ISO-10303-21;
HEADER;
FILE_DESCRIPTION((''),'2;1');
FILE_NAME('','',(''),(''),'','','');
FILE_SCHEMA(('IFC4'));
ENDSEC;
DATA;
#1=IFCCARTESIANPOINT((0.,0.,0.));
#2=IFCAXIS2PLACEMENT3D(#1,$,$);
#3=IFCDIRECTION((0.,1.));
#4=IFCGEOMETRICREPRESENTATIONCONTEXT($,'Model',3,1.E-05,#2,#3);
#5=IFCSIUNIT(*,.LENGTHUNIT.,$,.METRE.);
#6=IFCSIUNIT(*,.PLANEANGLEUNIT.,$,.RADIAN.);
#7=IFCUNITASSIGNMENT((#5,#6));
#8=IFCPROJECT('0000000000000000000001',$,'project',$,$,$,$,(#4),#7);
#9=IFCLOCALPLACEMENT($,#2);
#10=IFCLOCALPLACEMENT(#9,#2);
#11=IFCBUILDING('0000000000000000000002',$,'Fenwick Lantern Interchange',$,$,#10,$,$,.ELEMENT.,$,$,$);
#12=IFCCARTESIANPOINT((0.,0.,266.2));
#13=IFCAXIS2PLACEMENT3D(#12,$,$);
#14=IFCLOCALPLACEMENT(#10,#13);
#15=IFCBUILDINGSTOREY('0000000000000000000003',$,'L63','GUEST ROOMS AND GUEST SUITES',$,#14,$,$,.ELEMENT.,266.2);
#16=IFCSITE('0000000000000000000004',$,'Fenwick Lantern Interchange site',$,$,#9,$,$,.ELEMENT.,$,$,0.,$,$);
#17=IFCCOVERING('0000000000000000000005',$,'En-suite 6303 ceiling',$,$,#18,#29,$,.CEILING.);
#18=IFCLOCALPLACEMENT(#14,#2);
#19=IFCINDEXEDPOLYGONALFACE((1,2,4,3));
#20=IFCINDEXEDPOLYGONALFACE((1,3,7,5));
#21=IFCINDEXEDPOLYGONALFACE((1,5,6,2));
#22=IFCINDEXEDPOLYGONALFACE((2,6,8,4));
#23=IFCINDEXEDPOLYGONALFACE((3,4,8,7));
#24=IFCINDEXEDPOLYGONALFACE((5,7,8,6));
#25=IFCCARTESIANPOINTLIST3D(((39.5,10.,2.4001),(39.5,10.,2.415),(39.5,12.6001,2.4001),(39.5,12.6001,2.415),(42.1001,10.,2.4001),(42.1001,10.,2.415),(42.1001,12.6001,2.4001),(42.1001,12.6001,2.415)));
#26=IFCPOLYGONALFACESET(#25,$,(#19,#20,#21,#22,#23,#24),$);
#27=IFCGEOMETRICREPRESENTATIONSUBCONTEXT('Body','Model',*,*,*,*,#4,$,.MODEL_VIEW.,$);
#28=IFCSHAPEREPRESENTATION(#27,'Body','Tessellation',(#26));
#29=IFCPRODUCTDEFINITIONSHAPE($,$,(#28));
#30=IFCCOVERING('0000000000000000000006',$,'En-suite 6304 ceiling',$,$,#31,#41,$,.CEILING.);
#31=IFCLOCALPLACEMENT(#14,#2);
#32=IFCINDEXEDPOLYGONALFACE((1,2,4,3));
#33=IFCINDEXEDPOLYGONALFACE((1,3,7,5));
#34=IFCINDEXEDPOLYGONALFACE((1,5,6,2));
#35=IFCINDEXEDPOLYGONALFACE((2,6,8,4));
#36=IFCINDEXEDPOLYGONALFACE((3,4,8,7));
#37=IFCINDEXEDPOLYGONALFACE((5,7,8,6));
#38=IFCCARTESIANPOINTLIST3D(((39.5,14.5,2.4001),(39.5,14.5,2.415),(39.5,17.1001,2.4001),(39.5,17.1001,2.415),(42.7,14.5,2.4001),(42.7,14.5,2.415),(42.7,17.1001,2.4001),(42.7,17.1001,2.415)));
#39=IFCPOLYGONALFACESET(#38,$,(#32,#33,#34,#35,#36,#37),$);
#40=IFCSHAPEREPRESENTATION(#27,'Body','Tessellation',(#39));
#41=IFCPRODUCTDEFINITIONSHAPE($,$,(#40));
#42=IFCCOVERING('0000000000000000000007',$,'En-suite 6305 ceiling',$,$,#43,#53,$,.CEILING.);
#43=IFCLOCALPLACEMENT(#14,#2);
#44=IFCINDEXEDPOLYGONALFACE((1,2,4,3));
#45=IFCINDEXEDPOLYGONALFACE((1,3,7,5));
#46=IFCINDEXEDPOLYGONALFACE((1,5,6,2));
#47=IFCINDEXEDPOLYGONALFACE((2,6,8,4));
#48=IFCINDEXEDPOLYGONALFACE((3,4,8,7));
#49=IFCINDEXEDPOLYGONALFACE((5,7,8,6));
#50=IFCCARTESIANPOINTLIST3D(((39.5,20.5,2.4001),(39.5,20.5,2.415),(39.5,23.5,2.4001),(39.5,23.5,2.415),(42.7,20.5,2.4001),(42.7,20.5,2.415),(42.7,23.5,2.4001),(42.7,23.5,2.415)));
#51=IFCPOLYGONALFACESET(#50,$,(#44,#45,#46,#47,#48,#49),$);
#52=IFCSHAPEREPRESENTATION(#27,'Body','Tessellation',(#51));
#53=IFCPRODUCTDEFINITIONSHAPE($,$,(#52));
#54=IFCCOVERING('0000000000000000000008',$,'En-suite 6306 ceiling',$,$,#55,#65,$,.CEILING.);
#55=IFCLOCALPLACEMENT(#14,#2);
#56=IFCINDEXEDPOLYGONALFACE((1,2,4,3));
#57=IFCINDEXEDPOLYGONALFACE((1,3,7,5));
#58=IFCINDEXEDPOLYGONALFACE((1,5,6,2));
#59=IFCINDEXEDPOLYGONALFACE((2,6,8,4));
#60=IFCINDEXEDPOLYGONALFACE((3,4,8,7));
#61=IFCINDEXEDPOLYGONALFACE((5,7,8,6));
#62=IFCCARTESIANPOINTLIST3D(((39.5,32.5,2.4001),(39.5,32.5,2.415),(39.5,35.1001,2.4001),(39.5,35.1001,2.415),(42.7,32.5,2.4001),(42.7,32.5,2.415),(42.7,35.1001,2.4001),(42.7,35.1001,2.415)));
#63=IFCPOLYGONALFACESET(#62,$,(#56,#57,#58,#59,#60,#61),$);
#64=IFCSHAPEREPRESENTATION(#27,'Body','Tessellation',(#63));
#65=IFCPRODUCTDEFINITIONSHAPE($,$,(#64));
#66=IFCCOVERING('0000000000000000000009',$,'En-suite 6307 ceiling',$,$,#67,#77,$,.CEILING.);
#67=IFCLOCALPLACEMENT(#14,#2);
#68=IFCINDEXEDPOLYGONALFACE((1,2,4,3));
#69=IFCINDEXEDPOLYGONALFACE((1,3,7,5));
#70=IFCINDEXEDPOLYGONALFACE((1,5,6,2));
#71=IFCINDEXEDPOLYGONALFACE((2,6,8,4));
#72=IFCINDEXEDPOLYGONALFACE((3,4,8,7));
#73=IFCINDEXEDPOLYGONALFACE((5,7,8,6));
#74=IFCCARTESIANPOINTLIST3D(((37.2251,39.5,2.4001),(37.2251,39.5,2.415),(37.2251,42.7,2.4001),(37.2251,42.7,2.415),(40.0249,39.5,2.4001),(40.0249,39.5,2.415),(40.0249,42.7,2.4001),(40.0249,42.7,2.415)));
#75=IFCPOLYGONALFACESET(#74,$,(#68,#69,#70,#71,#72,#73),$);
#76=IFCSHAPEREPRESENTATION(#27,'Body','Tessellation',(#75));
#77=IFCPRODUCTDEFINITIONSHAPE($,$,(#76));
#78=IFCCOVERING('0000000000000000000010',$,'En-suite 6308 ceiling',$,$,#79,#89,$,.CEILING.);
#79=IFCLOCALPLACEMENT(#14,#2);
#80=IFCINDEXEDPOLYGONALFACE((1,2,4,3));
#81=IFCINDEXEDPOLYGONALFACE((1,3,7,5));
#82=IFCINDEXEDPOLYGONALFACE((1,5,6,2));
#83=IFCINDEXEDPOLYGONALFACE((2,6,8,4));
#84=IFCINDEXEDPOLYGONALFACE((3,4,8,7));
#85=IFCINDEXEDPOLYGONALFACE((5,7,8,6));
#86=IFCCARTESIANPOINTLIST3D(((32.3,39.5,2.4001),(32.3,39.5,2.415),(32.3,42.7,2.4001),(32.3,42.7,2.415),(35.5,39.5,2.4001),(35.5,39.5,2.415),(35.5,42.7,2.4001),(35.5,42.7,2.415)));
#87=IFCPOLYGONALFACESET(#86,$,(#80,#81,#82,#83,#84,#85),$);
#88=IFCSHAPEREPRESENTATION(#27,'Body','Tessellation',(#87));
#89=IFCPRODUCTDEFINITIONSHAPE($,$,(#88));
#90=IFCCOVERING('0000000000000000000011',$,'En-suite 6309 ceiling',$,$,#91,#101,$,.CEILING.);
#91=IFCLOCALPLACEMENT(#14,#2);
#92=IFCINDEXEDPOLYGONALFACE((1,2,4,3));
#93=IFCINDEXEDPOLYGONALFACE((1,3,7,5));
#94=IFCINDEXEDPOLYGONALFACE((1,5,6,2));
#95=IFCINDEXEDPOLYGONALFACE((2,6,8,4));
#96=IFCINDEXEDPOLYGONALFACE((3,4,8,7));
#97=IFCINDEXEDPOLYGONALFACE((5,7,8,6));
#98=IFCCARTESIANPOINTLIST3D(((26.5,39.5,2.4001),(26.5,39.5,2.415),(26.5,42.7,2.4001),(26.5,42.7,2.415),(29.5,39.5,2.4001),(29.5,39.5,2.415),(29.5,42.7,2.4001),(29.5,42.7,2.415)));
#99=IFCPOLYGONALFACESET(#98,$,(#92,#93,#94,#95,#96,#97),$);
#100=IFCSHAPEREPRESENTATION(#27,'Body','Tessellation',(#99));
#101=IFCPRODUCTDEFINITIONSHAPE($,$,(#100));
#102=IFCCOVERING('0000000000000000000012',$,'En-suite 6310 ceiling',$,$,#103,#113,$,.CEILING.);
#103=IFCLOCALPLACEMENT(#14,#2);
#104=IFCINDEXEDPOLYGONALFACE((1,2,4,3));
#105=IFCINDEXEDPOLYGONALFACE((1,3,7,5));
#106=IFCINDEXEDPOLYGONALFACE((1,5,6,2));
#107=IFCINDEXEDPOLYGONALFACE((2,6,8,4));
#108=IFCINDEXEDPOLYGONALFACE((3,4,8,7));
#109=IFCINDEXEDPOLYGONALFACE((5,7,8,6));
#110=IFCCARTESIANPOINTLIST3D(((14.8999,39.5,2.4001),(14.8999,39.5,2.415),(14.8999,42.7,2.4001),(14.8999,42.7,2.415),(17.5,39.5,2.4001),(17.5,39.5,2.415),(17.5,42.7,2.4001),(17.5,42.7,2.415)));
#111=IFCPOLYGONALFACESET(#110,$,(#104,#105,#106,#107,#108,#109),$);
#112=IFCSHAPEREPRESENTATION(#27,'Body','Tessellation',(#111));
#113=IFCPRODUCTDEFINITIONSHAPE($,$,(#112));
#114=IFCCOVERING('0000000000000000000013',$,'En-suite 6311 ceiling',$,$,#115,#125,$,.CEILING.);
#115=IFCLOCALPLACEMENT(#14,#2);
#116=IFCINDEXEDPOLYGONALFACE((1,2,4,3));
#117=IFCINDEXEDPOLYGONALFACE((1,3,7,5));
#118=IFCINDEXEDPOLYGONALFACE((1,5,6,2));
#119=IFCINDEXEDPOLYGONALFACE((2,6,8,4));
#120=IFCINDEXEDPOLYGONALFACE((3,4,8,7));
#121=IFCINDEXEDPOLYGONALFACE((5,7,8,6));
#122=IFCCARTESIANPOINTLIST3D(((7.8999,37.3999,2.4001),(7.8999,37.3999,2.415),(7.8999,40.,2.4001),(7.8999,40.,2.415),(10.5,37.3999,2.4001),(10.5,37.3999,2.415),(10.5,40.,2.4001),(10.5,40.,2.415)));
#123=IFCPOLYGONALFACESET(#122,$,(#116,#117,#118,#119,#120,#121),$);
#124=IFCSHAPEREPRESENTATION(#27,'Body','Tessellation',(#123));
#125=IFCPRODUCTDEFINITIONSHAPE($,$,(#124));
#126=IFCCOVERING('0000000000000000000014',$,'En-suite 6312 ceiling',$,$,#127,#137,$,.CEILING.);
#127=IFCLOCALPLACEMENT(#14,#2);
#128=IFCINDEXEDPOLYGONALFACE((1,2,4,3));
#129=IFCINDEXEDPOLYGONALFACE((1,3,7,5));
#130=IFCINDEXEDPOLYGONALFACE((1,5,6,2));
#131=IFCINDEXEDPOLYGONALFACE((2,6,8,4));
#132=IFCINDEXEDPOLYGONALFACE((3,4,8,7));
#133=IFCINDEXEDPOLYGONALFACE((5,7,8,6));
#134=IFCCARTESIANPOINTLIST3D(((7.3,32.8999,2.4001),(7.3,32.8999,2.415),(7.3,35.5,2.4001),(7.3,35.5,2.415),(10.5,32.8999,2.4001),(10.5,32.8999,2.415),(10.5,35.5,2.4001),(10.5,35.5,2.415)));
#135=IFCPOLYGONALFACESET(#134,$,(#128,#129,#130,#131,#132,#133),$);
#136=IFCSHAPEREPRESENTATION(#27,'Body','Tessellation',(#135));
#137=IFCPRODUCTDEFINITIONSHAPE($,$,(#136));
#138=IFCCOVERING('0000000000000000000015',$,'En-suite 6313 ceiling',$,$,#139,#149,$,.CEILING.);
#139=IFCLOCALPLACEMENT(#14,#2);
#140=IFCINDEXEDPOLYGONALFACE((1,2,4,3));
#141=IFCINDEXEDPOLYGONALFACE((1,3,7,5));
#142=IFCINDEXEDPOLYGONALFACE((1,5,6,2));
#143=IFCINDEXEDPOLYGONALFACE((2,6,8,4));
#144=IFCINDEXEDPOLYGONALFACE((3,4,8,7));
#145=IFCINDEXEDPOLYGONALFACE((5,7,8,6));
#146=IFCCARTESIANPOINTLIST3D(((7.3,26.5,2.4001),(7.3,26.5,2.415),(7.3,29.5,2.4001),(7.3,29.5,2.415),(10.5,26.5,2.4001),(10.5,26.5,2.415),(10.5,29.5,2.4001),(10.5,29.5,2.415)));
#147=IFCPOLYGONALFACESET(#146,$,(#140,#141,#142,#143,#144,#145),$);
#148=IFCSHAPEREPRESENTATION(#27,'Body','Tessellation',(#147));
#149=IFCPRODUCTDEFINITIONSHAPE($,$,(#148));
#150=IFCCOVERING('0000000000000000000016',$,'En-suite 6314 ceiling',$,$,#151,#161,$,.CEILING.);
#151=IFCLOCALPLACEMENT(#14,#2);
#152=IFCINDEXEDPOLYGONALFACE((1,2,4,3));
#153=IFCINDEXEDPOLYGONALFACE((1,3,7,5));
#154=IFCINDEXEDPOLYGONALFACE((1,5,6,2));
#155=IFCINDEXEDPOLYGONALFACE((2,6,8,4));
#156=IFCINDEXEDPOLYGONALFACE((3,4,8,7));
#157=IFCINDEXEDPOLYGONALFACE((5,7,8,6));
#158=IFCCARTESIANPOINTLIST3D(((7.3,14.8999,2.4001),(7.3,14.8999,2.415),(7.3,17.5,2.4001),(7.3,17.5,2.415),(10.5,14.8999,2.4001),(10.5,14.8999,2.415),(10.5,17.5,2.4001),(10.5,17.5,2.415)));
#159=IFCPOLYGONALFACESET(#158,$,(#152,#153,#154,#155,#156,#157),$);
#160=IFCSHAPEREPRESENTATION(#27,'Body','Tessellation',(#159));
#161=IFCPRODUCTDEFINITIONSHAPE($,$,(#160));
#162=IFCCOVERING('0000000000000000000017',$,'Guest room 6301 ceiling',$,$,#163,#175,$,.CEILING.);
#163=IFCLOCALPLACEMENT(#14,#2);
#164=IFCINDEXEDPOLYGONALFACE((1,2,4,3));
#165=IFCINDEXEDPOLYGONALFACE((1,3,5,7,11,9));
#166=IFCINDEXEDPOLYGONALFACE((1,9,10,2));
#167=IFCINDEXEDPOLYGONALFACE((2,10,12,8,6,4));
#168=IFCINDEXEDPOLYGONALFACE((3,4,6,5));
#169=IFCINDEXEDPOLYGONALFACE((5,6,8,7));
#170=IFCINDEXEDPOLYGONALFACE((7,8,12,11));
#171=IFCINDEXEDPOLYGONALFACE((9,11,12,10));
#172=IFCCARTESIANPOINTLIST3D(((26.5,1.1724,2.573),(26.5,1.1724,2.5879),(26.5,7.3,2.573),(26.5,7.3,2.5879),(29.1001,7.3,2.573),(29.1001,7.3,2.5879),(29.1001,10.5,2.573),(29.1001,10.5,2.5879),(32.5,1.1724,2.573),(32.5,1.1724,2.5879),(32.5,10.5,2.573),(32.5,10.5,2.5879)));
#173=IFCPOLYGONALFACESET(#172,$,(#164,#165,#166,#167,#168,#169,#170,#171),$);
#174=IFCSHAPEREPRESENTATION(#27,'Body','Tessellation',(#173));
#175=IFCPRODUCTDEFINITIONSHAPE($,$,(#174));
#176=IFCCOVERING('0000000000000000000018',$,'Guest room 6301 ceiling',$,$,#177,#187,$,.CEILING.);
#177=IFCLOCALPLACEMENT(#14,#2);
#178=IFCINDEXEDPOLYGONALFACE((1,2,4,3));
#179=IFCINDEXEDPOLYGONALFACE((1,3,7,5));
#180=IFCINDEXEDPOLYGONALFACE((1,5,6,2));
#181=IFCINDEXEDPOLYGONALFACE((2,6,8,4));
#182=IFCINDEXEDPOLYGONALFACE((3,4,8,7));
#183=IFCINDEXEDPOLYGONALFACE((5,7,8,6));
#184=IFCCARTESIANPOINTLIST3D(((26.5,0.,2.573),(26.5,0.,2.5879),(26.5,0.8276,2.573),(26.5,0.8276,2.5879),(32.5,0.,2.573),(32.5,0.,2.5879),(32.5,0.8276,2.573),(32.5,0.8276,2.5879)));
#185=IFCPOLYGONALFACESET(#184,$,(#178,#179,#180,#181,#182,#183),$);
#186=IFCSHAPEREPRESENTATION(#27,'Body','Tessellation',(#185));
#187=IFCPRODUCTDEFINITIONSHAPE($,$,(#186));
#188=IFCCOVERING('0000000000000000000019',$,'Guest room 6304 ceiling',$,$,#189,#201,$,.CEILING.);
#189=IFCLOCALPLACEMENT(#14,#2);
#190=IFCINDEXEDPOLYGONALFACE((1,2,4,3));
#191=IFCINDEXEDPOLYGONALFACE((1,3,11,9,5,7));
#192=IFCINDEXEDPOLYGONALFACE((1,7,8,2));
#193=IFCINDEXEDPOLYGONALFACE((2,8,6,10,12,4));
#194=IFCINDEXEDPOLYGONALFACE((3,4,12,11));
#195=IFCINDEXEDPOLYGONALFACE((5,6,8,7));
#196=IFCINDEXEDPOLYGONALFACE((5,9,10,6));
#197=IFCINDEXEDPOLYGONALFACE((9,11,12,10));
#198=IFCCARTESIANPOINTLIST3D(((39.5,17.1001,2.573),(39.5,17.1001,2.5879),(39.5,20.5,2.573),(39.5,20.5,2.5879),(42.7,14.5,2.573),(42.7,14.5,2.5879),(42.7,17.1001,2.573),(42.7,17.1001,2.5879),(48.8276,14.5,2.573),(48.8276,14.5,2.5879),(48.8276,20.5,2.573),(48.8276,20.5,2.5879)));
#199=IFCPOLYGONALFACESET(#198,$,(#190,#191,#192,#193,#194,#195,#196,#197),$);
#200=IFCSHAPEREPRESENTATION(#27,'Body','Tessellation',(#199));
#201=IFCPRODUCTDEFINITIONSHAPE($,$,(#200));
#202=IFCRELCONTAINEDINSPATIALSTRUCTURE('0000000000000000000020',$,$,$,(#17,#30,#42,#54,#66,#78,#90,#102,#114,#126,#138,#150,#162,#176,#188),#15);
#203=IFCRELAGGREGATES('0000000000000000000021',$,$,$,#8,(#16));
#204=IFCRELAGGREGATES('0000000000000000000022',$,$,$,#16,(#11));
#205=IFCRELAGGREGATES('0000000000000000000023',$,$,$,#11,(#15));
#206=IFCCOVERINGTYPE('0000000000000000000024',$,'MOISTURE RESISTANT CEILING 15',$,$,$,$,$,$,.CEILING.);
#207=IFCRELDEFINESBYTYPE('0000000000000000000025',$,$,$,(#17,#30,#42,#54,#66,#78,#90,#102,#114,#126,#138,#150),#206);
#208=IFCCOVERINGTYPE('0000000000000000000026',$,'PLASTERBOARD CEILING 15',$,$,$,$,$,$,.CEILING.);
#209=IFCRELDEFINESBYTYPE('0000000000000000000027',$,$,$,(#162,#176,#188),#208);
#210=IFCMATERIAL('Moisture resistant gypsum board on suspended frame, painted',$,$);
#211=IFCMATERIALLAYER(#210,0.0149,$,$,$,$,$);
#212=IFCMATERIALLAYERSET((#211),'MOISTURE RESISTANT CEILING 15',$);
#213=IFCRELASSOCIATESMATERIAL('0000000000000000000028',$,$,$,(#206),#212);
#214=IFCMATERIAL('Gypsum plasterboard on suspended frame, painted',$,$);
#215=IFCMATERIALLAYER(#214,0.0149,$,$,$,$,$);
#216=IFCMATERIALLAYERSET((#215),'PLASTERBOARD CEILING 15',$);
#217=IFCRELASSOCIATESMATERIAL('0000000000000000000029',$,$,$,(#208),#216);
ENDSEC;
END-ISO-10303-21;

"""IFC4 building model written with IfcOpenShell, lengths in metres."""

from ifc_helpers import new_model, si_unit, direction, frame, origin, place, context, subcontext, project, spatial, polyline, outline, extrude, material, layer, layer_set, type_object, element, save


model = new_model("IFC4")

# Units and contexts
model_context = context("Model", 3, precision=1e-05, world=origin(), true_north=direction((0.0, 1.0)))
body_context = subcontext(model_context, "Body", "Model", "MODEL_VIEW")
ifc_project = project(units=[si_unit("LENGTHUNIT", "METRE"), si_unit("PLANEANGLEUNIT", "RADIAN")], contexts=[model_context])

# Site, building, storey
site_placement = place(None, origin())
site = spatial("IfcSite", under=ifc_project, at=site_placement, Name="Fenwick Lantern Interchange site", CompositionType="ELEMENT", RefElevation=0.0)
building_placement = place(site_placement, origin())
building = spatial("IfcBuilding", under=site, at=building_placement, Name="Fenwick Lantern Interchange", CompositionType="ELEMENT")
storey_placement = place(building_placement, frame((0.0, 0.0, 266.2)))
storey = spatial("IfcBuildingStorey", under=building, at=storey_placement, Name="L63", Description="GUEST ROOMS AND GUEST SUITES", CompositionType="ELEMENT", Elevation=266.2)

# Coverings
ifc_material_1 = material(Name="Moisture resistant gypsum board on suspended frame, painted")
ifc_layer_1 = layer(ifc_material_1, 0.0149)
ifc_layer_set_1 = layer_set([ifc_layer_1], Name="MOISTURE RESISTANT CEILING 15")
covering_type_1 = type_object("IfcCoveringType", Name="MOISTURE RESISTANT CEILING 15", PredefinedType="CEILING", material=ifc_layer_set_1)
covering_1_placement = place(storey_placement, frame((0.0, 0.0, 2.4001)))
element("IfcCovering", 1, at=covering_1_placement, inside=storey, type_object=covering_type_1, Name="En-suite 6303 ceiling", PredefinedType="CEILING", context=body_context, shape_type="SweptSolid", body=[
    extrude(outline(polyline([(42.1001, 10.0), (42.1001, 12.6001), (39.5, 12.6001), (39.5, 10.0), (42.1001, 10.0)])), origin(), (0.0, 0.0, 1.0), 0.0149),
])
covering_2_placement = place(storey_placement, frame((0.0, 0.0, 2.4001)))
element("IfcCovering", 2, at=covering_2_placement, inside=storey, type_object=covering_type_1, Name="En-suite 6304 ceiling", PredefinedType="CEILING", context=body_context, shape_type="SweptSolid", body=[
    extrude(outline(polyline([(42.7, 14.5), (42.7, 17.1001), (39.5, 17.1001), (39.5, 14.5), (42.7, 14.5)])), origin(), (0.0, 0.0, 1.0), 0.0149),
])
covering_3_placement = place(storey_placement, frame((0.0, 0.0, 2.4001)))
element("IfcCovering", 3, at=covering_3_placement, inside=storey, type_object=covering_type_1, Name="En-suite 6305 ceiling", PredefinedType="CEILING", context=body_context, shape_type="SweptSolid", body=[
    extrude(outline(polyline([(42.7, 20.5), (42.7, 23.5), (39.5, 23.5), (39.5, 20.5), (42.7, 20.5)])), origin(), (0.0, 0.0, 1.0), 0.0149),
])
covering_4_placement = place(storey_placement, frame((0.0, 0.0, 2.4001)))
element("IfcCovering", 4, at=covering_4_placement, inside=storey, type_object=covering_type_1, Name="En-suite 6306 ceiling", PredefinedType="CEILING", context=body_context, shape_type="SweptSolid", body=[
    extrude(outline(polyline([(42.7, 32.5), (42.7, 35.1001), (39.5, 35.1001), (39.5, 32.5), (42.7, 32.5)])), origin(), (0.0, 0.0, 1.0), 0.0149),
])
covering_5_placement = place(storey_placement, frame((0.0, 0.0, 2.4001)))
element("IfcCovering", 5, at=covering_5_placement, inside=storey, type_object=covering_type_1, Name="En-suite 6307 ceiling", PredefinedType="CEILING", context=body_context, shape_type="SweptSolid", body=[
    extrude(outline(polyline([(40.0249, 42.7), (37.2251, 42.7), (37.2251, 39.5), (40.0249, 39.5), (40.0249, 42.7)])), origin(), (0.0, 0.0, 1.0), 0.0149),
])
covering_6_placement = place(storey_placement, frame((0.0, 0.0, 2.4001)))
element("IfcCovering", 6, at=covering_6_placement, inside=storey, type_object=covering_type_1, Name="En-suite 6308 ceiling", PredefinedType="CEILING", context=body_context, shape_type="SweptSolid", body=[
    extrude(outline(polyline([(35.5, 42.7), (32.3, 42.7), (32.3, 39.5), (35.5, 39.5), (35.5, 42.7)])), origin(), (0.0, 0.0, 1.0), 0.0149),
])
covering_7_placement = place(storey_placement, frame((0.0, 0.0, 2.4001)))
element("IfcCovering", 7, at=covering_7_placement, inside=storey, type_object=covering_type_1, Name="En-suite 6309 ceiling", PredefinedType="CEILING", context=body_context, shape_type="SweptSolid", body=[
    extrude(outline(polyline([(29.5, 42.7), (26.5, 42.7), (26.5, 39.5), (29.5, 39.5), (29.5, 42.7)])), origin(), (0.0, 0.0, 1.0), 0.0149),
])
covering_8_placement = place(storey_placement, frame((0.0, 0.0, 2.4001)))
element("IfcCovering", 8, at=covering_8_placement, inside=storey, type_object=covering_type_1, Name="En-suite 6310 ceiling", PredefinedType="CEILING", context=body_context, shape_type="SweptSolid", body=[
    extrude(outline(polyline([(17.5, 42.7), (14.8999, 42.7), (14.8999, 39.5), (17.5, 39.5), (17.5, 42.7)])), origin(), (0.0, 0.0, 1.0), 0.0149),
])
covering_9_placement = place(storey_placement, frame((0.0, 0.0, 2.4001)))
element("IfcCovering", 9, at=covering_9_placement, inside=storey, type_object=covering_type_1, Name="En-suite 6311 ceiling", PredefinedType="CEILING", context=body_context, shape_type="SweptSolid", body=[
    extrude(outline(polyline([(7.8999, 40.0), (7.8999, 37.3999), (10.5, 37.3999), (10.5, 40.0), (7.8999, 40.0)])), origin(), (0.0, 0.0, 1.0), 0.0149),
])
covering_10_placement = place(storey_placement, frame((0.0, 0.0, 2.4001)))
element("IfcCovering", 10, at=covering_10_placement, inside=storey, type_object=covering_type_1, Name="En-suite 6312 ceiling", PredefinedType="CEILING", context=body_context, shape_type="SweptSolid", body=[
    extrude(outline(polyline([(7.3, 35.5), (7.3, 32.8999), (10.5, 32.8999), (10.5, 35.5), (7.3, 35.5)])), origin(), (0.0, 0.0, 1.0), 0.0149),
])
covering_11_placement = place(storey_placement, frame((0.0, 0.0, 2.4001)))
element("IfcCovering", 11, at=covering_11_placement, inside=storey, type_object=covering_type_1, Name="En-suite 6313 ceiling", PredefinedType="CEILING", context=body_context, shape_type="SweptSolid", body=[
    extrude(outline(polyline([(7.3, 29.5), (7.3, 26.5), (10.5, 26.5), (10.5, 29.5), (7.3, 29.5)])), origin(), (0.0, 0.0, 1.0), 0.0149),
])
covering_12_placement = place(storey_placement, frame((0.0, 0.0, 2.4001)))
element("IfcCovering", 12, at=covering_12_placement, inside=storey, type_object=covering_type_1, Name="En-suite 6314 ceiling", PredefinedType="CEILING", context=body_context, shape_type="SweptSolid", body=[
    extrude(outline(polyline([(7.3, 17.5), (7.3, 14.8999), (10.5, 14.8999), (10.5, 17.5), (7.3, 17.5)])), origin(), (0.0, 0.0, 1.0), 0.0149),
])
ifc_material_2 = material(Name="Gypsum plasterboard on suspended frame, painted")
ifc_layer_2 = layer(ifc_material_2, 0.0149)
ifc_layer_set_2 = layer_set([ifc_layer_2], Name="PLASTERBOARD CEILING 15")
covering_type_2 = type_object("IfcCoveringType", Name="PLASTERBOARD CEILING 15", PredefinedType="CEILING", material=ifc_layer_set_2)
covering_13_placement = place(storey_placement, frame((0.0, 0.0, 2.573)))
element("IfcCovering", 13, at=covering_13_placement, inside=storey, type_object=covering_type_2, Name="Guest room 6301 ceiling", PredefinedType="CEILING", context=body_context, shape_type="SweptSolid", body=[
    extrude(outline(polyline([(32.5, 1.1724), (32.5, 10.5), (29.1001, 10.5), (29.1001, 7.3), (26.5, 7.3), (26.5, 1.1724), (32.5, 1.1724)])), origin(), (0.0, 0.0, 1.0), 0.0149),
])
covering_14_placement = place(storey_placement, frame((0.0, 0.0, 2.573)))
element("IfcCovering", 14, at=covering_14_placement, inside=storey, type_object=covering_type_2, Name="Guest room 6301 ceiling", PredefinedType="CEILING", context=body_context, shape_type="SweptSolid", body=[
    extrude(outline(polyline([(32.5, 0.0), (32.5, 0.8276), (26.5, 0.8276), (26.5, 0.0), (32.5, 0.0)])), origin(), (0.0, 0.0, 1.0), 0.0149),
])
covering_15_placement = place(storey_placement, frame((0.0, 0.0, 2.573)))
element("IfcCovering", 15, at=covering_15_placement, inside=storey, type_object=covering_type_2, Name="Guest room 6304 ceiling", PredefinedType="CEILING", context=body_context, shape_type="SweptSolid", body=[
    extrude(outline(polyline([(48.8276, 20.5), (39.5, 20.5), (39.5, 17.1001), (42.7, 17.1001), (42.7, 14.5), (48.8276, 14.5), (48.8276, 20.5)])), origin(), (0.0, 0.0, 1.0), 0.0149),
])

save(model, "model.ifc")
